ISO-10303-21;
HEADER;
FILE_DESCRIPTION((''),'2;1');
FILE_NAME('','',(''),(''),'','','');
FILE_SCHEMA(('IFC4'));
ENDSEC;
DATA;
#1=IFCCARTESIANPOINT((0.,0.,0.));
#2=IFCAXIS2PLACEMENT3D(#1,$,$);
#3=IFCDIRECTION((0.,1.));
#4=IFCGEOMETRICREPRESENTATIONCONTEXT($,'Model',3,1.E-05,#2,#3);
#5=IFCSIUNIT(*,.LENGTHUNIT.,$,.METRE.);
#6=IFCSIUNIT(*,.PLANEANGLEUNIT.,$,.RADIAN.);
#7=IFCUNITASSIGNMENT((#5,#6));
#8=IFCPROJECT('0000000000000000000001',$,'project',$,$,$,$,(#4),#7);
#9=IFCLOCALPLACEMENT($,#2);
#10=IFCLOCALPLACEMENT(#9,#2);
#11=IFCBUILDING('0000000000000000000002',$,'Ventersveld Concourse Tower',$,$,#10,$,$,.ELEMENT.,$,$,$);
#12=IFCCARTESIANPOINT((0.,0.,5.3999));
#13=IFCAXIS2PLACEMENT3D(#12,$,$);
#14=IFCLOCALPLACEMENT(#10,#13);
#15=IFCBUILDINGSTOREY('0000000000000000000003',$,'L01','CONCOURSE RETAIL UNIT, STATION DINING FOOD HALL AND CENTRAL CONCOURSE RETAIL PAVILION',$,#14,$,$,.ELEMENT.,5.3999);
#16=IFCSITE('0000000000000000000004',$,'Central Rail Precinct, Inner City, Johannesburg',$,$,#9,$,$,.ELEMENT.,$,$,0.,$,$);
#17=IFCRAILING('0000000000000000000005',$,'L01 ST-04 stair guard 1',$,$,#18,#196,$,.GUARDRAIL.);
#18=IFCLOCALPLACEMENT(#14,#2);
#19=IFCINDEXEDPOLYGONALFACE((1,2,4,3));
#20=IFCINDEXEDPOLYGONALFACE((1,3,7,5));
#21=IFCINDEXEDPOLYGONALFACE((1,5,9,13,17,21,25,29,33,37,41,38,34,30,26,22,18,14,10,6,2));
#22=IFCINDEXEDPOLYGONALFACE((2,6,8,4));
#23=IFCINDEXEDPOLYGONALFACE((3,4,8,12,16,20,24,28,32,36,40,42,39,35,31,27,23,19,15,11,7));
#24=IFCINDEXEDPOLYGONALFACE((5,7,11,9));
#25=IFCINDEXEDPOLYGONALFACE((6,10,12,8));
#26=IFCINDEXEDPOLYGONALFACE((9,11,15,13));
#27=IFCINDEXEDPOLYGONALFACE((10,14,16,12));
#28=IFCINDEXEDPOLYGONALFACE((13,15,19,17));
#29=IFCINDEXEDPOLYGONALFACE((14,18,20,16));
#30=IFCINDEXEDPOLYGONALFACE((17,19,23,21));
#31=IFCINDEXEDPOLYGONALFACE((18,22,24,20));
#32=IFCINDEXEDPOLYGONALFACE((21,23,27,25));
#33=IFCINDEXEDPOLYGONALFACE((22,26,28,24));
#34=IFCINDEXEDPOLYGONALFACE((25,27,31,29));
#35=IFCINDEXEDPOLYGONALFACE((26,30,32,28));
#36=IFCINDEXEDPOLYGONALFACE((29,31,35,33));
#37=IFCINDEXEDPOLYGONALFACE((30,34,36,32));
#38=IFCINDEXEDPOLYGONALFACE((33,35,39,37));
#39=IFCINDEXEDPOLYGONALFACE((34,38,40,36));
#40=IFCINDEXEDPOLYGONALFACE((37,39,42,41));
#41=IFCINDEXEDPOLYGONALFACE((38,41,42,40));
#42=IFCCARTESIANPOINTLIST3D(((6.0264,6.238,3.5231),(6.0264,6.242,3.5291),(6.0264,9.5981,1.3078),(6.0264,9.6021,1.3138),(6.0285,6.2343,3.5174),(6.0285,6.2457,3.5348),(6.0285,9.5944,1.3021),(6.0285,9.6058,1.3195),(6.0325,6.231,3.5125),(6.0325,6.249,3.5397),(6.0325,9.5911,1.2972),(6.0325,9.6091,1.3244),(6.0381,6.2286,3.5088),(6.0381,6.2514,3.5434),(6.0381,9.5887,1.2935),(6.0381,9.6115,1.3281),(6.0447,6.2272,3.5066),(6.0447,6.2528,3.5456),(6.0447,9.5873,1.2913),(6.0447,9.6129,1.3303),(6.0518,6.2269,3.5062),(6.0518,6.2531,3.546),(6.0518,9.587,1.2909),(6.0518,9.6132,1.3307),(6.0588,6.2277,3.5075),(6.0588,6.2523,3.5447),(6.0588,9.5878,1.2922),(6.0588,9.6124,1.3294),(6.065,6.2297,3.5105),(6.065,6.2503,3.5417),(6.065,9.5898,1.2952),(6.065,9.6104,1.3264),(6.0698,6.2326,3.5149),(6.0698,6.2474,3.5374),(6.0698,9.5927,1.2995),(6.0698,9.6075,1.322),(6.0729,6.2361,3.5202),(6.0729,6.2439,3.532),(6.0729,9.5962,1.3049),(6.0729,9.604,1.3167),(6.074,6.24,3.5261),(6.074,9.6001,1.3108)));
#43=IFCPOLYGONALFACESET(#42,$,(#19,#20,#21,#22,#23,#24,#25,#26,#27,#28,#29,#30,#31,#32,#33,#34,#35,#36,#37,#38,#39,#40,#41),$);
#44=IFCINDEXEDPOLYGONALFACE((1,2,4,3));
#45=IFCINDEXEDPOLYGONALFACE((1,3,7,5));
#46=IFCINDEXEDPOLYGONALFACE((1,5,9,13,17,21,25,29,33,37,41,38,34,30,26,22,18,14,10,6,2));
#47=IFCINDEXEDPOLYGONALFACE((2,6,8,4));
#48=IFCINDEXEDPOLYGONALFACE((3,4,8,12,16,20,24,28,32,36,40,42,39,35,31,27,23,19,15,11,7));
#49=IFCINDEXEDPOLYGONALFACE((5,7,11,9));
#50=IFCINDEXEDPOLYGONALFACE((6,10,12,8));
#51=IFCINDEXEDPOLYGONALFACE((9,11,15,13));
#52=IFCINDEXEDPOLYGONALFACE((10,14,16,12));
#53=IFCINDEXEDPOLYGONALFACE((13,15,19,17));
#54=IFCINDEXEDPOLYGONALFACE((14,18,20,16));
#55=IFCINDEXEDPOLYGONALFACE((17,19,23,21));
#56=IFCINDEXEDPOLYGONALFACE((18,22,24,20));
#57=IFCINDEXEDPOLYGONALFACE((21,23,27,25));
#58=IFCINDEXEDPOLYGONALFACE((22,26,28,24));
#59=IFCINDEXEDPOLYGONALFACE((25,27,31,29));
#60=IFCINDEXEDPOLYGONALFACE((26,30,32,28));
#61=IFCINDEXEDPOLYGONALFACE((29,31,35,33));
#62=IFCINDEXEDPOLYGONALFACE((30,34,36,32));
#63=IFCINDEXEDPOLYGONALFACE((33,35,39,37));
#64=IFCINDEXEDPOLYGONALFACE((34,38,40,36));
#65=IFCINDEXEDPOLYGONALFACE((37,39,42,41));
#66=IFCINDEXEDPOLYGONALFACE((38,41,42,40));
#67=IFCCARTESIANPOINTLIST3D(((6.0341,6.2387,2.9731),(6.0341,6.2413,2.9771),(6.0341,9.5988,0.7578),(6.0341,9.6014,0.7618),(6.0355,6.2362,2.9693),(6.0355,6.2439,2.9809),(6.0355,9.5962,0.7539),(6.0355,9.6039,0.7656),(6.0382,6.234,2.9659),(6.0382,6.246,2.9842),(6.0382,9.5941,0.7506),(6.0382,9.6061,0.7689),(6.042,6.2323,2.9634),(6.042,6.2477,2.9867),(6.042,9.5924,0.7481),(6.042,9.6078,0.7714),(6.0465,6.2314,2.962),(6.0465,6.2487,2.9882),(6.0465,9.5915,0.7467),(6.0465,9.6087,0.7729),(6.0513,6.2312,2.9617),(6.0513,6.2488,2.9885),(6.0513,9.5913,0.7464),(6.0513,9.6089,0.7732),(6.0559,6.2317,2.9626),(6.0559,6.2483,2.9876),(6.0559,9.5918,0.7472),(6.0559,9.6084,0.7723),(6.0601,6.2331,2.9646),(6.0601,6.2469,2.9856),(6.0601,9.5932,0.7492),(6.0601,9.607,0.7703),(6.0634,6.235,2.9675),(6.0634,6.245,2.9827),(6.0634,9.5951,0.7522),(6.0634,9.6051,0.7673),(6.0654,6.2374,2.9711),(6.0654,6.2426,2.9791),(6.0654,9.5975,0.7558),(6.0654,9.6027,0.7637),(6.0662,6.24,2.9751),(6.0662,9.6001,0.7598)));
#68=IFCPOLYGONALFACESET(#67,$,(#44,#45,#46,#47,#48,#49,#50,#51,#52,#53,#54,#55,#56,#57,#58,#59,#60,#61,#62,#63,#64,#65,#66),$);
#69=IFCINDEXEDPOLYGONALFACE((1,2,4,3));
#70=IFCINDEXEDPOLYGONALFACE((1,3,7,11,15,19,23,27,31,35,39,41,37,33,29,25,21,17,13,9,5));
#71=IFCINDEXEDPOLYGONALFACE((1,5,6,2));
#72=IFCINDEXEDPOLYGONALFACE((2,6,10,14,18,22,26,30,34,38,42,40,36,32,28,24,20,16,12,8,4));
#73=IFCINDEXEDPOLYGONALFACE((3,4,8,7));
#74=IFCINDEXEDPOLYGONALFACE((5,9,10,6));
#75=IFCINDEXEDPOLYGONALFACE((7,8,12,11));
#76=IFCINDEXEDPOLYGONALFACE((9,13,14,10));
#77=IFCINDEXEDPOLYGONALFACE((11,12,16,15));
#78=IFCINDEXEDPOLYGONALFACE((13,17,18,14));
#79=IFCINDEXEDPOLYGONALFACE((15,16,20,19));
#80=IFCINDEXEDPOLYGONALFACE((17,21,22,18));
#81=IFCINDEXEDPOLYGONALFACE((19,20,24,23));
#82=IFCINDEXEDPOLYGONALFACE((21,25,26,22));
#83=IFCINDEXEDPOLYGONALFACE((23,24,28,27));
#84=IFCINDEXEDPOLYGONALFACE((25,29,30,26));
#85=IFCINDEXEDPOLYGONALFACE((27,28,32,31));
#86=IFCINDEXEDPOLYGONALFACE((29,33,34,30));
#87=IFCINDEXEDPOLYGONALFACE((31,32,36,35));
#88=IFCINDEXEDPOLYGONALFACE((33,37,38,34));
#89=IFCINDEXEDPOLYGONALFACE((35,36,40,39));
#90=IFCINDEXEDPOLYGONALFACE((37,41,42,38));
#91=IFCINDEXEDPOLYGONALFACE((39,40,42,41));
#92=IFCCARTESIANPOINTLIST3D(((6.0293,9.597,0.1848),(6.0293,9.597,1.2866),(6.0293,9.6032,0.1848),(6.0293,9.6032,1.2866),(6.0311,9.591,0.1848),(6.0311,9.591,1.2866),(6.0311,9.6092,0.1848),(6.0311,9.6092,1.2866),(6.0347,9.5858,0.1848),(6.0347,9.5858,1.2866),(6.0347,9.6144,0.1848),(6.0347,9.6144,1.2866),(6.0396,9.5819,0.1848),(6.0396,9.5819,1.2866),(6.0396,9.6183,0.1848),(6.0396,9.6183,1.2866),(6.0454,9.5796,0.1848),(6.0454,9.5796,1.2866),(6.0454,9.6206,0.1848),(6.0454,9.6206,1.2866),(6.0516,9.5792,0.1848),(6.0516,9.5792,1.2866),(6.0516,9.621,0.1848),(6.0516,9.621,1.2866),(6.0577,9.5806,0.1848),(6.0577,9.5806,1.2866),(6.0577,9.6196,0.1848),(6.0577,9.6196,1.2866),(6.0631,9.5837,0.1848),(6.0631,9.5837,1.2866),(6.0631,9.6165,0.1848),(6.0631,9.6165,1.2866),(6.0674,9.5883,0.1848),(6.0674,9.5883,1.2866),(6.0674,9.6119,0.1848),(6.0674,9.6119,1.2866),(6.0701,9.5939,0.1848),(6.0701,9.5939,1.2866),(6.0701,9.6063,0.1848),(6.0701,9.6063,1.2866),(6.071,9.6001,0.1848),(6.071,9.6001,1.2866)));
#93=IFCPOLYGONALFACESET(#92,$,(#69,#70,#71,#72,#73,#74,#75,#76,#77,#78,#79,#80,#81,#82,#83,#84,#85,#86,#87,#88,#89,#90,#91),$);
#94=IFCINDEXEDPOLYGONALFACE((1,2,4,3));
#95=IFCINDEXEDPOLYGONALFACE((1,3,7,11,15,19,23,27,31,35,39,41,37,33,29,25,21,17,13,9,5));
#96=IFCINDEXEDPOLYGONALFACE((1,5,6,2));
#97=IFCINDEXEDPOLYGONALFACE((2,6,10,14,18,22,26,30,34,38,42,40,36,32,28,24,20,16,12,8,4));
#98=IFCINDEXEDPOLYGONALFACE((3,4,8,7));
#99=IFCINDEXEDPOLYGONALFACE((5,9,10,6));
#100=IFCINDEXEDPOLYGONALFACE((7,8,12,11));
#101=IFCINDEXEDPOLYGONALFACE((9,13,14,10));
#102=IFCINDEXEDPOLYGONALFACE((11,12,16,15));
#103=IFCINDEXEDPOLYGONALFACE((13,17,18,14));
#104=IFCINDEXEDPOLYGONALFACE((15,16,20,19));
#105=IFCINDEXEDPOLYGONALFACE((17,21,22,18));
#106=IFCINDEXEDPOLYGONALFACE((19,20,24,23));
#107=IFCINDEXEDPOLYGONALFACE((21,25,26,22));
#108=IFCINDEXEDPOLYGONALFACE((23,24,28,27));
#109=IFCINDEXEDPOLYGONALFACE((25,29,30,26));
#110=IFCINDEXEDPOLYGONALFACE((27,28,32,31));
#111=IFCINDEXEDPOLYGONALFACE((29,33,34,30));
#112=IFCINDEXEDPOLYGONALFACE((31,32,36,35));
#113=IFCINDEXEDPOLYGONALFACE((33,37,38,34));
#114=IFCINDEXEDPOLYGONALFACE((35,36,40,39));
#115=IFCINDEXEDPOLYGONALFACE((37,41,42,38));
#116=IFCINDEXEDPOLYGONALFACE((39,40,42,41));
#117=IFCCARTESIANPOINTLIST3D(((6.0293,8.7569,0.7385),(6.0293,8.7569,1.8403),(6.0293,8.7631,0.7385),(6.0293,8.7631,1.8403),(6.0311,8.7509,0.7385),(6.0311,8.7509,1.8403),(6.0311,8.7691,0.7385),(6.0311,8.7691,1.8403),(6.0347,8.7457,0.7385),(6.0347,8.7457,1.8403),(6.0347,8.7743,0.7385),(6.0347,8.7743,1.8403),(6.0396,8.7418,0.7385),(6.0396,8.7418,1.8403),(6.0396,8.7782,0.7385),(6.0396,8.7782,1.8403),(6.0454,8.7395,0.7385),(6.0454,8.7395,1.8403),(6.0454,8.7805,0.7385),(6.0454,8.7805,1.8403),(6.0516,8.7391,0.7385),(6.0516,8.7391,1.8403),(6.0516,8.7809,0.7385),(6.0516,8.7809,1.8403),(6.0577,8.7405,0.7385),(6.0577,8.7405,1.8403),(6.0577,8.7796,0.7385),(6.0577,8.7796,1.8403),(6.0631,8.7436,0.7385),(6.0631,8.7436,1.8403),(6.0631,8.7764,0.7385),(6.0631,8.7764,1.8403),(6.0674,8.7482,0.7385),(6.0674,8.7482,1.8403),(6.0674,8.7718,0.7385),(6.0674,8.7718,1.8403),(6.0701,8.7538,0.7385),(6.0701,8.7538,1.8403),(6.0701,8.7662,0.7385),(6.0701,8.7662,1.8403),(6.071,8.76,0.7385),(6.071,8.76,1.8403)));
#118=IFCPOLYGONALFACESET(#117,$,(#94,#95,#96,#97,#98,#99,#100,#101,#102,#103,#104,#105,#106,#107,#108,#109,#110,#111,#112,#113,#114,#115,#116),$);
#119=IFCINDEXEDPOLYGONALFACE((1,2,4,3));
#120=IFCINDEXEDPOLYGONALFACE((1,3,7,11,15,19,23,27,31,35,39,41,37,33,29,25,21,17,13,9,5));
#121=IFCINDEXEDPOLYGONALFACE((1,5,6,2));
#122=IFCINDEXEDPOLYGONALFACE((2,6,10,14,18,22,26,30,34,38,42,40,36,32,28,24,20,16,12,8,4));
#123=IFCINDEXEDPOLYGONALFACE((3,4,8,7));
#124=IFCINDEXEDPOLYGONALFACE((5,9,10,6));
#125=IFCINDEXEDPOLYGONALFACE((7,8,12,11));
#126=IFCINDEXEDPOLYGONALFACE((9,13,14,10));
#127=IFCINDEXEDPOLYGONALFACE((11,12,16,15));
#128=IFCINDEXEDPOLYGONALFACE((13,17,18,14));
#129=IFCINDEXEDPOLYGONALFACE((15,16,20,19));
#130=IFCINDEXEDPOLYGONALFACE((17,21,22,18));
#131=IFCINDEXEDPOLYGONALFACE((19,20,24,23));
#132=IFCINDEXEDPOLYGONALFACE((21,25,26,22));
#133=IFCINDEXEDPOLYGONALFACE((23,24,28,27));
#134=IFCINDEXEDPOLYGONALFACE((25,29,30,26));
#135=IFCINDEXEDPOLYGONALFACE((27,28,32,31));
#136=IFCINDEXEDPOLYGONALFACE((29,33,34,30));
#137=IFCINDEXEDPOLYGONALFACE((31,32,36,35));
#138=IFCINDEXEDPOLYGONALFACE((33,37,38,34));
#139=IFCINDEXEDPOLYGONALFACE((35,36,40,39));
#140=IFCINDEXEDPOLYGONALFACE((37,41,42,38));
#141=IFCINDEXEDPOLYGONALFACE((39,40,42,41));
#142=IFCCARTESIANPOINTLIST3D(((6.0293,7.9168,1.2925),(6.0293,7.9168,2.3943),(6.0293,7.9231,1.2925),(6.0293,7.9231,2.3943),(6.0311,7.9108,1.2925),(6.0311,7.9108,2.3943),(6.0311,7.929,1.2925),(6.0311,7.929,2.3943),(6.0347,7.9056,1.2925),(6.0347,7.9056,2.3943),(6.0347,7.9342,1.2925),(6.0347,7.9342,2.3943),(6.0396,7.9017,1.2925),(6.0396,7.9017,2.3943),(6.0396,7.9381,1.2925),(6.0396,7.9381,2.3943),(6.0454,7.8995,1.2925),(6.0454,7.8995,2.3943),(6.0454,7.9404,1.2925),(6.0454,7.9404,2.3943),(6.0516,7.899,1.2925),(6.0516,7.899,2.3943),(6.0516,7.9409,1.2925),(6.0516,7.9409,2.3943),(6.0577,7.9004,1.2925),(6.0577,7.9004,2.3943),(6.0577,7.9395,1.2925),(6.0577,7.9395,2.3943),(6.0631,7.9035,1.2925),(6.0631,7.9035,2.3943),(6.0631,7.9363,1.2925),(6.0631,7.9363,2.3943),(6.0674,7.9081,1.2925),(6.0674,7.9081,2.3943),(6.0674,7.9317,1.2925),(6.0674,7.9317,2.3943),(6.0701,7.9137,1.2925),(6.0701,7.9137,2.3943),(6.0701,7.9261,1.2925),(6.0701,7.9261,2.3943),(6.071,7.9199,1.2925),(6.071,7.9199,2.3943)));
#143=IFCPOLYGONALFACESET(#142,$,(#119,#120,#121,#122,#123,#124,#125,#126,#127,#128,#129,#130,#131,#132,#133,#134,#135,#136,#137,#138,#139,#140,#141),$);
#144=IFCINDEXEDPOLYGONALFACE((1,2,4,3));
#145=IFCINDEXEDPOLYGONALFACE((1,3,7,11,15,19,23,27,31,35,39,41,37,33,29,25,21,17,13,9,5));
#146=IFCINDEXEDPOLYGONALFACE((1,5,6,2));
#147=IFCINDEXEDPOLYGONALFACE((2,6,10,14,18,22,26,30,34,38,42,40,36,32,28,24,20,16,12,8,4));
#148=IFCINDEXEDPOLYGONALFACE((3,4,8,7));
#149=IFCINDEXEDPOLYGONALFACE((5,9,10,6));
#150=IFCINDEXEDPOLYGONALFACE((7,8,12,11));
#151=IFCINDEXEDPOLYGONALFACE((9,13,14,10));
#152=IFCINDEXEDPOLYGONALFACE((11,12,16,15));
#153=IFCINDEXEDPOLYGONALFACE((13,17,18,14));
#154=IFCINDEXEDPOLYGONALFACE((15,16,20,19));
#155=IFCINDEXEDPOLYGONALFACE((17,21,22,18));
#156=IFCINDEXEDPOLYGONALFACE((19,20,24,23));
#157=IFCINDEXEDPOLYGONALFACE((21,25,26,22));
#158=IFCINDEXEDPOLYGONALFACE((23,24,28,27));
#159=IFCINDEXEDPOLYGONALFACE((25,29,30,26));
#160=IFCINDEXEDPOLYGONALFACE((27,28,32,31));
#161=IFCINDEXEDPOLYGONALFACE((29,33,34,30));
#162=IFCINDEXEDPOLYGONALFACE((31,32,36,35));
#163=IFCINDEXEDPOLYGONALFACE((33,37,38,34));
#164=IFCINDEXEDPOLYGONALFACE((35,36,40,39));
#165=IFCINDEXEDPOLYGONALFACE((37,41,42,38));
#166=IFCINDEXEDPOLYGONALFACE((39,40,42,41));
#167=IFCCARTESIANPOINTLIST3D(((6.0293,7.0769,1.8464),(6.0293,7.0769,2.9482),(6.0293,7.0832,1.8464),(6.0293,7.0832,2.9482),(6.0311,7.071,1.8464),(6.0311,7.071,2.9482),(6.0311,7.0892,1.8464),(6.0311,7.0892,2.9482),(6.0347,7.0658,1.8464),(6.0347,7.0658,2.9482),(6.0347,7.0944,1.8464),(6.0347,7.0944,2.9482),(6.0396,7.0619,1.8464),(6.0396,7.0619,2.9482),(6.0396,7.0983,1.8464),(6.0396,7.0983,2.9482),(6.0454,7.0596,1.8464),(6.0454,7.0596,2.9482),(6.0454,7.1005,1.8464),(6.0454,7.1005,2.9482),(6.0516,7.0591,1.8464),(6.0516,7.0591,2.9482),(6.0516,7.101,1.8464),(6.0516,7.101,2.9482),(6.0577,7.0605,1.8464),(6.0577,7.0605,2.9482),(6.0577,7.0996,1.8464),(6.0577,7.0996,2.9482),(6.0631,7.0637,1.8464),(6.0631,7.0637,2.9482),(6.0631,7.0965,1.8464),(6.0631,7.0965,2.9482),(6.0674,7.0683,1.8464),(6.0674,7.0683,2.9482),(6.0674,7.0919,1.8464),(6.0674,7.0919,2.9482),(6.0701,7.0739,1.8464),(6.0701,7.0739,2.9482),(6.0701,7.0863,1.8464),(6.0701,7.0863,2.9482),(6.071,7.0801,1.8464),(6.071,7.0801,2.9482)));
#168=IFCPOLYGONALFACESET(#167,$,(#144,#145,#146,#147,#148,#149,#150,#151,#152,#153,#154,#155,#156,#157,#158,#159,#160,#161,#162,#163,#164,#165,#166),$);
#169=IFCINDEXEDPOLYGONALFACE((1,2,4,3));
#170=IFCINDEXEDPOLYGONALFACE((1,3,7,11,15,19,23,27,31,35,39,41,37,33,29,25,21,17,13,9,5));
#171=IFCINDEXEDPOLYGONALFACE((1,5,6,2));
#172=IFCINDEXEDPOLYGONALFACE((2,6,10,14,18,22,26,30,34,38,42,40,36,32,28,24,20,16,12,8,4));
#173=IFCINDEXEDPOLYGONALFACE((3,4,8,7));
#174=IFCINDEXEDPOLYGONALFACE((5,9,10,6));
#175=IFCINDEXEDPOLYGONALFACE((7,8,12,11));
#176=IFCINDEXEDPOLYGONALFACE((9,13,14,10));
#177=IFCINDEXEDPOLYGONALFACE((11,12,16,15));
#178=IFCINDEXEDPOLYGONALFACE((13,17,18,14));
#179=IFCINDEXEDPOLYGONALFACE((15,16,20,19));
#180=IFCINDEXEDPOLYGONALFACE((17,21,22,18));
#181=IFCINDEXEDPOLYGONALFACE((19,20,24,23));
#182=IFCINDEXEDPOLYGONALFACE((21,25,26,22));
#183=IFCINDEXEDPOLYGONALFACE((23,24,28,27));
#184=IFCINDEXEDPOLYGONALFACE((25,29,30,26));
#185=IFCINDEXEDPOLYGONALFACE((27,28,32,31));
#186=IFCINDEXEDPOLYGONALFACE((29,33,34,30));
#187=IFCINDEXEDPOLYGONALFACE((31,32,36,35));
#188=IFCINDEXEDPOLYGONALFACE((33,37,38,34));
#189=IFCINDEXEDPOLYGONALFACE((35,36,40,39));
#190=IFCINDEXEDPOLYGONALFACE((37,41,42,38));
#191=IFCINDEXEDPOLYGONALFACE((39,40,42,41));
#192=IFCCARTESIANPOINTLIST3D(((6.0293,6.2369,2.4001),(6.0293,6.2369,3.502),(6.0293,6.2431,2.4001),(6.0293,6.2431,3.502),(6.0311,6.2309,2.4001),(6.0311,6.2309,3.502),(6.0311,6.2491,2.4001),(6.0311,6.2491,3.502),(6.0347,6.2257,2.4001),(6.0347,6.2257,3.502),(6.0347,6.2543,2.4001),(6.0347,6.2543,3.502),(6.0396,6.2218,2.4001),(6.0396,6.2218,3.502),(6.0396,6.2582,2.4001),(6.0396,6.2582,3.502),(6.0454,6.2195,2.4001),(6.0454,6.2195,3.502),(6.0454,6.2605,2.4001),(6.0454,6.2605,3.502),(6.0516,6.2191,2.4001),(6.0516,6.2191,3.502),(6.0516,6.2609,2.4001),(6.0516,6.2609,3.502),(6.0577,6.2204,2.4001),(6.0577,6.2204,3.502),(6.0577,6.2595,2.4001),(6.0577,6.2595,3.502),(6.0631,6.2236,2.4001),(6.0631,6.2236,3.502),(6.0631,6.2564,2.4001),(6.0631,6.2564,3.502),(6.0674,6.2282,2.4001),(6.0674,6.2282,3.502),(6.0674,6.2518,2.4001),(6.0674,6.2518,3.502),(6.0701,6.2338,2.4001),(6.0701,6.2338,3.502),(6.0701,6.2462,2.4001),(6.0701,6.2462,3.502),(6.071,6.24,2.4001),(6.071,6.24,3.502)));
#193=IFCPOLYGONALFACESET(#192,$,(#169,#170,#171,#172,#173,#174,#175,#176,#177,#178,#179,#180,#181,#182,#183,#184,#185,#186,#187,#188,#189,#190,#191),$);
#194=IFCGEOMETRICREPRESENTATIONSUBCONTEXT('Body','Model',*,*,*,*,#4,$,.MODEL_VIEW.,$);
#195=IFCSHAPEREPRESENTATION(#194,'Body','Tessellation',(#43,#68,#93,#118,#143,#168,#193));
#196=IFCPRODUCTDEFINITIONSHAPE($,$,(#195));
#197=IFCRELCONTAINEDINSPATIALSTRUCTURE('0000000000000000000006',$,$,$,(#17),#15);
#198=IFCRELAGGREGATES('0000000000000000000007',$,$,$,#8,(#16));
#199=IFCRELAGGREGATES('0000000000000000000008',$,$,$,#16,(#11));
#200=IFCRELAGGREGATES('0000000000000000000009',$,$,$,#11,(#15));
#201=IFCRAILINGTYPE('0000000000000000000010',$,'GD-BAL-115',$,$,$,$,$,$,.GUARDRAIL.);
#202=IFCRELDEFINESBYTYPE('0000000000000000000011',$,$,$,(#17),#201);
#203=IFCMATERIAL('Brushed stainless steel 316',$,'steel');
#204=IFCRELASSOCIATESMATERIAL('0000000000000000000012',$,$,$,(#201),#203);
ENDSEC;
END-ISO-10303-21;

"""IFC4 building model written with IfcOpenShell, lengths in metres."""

from ifc_helpers import new_model, si_unit, direction, frame, origin, origin_2d, place, context, subcontext, project, spatial, circle, extrude, material, type_object, element, save


model = new_model("IFC4")

# Units and contexts
model_context = context("Model", 3, precision=1e-05, world=origin(), true_north=direction((0.0, 1.0)))
body_context = subcontext(model_context, "Body", "Model", "MODEL_VIEW")
ifc_project = project(units=[si_unit("LENGTHUNIT", "METRE"), si_unit("PLANEANGLEUNIT", "RADIAN")], contexts=[model_context])

# Site, building, storey
site_placement = place(None, origin())
site = spatial("IfcSite", under=ifc_project, at=site_placement, Name="Central Rail Precinct, Inner City, Johannesburg", CompositionType="ELEMENT", RefElevation=0.0)
building_placement = place(site_placement, origin())
building = spatial("IfcBuilding", under=site, at=building_placement, Name="Ventersveld Concourse Tower", CompositionType="ELEMENT")
storey_placement = place(building_placement, frame((0.0, 0.0, 5.3999)))
storey = spatial("IfcBuildingStorey", under=building, at=storey_placement, Name="L01", Description="CONCOURSE RETAIL UNIT, STATION DINING FOOD HALL AND CENTRAL CONCOURSE RETAIL PAVILION", CompositionType="ELEMENT", Elevation=5.3999)

# Shared definitions
ifc_material_1 = material(Name="Brushed stainless steel 316", Category="steel")

# Railing
railing_type_1 = type_object("IfcRailingType", Name="GD-BAL-115", PredefinedType="GUARDRAIL", material=ifc_material_1)
railing_1_placement = place(storey_placement, frame((6.05, 9.6001, 0.1848)))
element("IfcRailing", 1, at=railing_1_placement, inside=storey, type_object=railing_type_1, Name="L01 ST-04 stair guard 1", PredefinedType="GUARDRAIL", context=body_context, shape_type="SweptSolid", body=[
    extrude(circle(Radius=0.0239, at=origin_2d()), frame((0.0, 0.0, 1.126), z_axis=(0.0, -0.834876, 0.550437), x_axis=(1.0, 0.0, 0.0)), (0.0, 0.0, 1.0), 4.0247),
    extrude(circle(Radius=0.0161, at=origin_2d()), frame((0.0, 0.0, 0.575), z_axis=(0.0, -0.834876, 0.550437), x_axis=(1.0, 0.0, 0.0)), (0.0, 0.0, 1.0), 4.0247),
    extrude(circle(Radius=0.021, at=origin_2d()), origin(), (0.0, 0.0, 1.0), 1.1018),
    extrude(circle(Radius=0.021, at=origin_2d()), frame((0.0, -0.8401, 0.5537)), (0.0, 0.0, 1.0), 1.1018),
    extrude(circle(Radius=0.021, at=origin_2d()), frame((0.0, -1.6802, 1.1077)), (0.0, 0.0, 1.0), 1.1018),
    extrude(circle(Radius=0.021, at=origin_2d()), frame((0.0, -2.52, 1.6616)), (0.0, 0.0, 1.0), 1.1018),
    extrude(circle(Radius=0.021, at=origin_2d()), frame((0.0, -3.3601, 2.2153)), (0.0, 0.0, 1.0), 1.1018),
])

save(model, "model.ifc")
